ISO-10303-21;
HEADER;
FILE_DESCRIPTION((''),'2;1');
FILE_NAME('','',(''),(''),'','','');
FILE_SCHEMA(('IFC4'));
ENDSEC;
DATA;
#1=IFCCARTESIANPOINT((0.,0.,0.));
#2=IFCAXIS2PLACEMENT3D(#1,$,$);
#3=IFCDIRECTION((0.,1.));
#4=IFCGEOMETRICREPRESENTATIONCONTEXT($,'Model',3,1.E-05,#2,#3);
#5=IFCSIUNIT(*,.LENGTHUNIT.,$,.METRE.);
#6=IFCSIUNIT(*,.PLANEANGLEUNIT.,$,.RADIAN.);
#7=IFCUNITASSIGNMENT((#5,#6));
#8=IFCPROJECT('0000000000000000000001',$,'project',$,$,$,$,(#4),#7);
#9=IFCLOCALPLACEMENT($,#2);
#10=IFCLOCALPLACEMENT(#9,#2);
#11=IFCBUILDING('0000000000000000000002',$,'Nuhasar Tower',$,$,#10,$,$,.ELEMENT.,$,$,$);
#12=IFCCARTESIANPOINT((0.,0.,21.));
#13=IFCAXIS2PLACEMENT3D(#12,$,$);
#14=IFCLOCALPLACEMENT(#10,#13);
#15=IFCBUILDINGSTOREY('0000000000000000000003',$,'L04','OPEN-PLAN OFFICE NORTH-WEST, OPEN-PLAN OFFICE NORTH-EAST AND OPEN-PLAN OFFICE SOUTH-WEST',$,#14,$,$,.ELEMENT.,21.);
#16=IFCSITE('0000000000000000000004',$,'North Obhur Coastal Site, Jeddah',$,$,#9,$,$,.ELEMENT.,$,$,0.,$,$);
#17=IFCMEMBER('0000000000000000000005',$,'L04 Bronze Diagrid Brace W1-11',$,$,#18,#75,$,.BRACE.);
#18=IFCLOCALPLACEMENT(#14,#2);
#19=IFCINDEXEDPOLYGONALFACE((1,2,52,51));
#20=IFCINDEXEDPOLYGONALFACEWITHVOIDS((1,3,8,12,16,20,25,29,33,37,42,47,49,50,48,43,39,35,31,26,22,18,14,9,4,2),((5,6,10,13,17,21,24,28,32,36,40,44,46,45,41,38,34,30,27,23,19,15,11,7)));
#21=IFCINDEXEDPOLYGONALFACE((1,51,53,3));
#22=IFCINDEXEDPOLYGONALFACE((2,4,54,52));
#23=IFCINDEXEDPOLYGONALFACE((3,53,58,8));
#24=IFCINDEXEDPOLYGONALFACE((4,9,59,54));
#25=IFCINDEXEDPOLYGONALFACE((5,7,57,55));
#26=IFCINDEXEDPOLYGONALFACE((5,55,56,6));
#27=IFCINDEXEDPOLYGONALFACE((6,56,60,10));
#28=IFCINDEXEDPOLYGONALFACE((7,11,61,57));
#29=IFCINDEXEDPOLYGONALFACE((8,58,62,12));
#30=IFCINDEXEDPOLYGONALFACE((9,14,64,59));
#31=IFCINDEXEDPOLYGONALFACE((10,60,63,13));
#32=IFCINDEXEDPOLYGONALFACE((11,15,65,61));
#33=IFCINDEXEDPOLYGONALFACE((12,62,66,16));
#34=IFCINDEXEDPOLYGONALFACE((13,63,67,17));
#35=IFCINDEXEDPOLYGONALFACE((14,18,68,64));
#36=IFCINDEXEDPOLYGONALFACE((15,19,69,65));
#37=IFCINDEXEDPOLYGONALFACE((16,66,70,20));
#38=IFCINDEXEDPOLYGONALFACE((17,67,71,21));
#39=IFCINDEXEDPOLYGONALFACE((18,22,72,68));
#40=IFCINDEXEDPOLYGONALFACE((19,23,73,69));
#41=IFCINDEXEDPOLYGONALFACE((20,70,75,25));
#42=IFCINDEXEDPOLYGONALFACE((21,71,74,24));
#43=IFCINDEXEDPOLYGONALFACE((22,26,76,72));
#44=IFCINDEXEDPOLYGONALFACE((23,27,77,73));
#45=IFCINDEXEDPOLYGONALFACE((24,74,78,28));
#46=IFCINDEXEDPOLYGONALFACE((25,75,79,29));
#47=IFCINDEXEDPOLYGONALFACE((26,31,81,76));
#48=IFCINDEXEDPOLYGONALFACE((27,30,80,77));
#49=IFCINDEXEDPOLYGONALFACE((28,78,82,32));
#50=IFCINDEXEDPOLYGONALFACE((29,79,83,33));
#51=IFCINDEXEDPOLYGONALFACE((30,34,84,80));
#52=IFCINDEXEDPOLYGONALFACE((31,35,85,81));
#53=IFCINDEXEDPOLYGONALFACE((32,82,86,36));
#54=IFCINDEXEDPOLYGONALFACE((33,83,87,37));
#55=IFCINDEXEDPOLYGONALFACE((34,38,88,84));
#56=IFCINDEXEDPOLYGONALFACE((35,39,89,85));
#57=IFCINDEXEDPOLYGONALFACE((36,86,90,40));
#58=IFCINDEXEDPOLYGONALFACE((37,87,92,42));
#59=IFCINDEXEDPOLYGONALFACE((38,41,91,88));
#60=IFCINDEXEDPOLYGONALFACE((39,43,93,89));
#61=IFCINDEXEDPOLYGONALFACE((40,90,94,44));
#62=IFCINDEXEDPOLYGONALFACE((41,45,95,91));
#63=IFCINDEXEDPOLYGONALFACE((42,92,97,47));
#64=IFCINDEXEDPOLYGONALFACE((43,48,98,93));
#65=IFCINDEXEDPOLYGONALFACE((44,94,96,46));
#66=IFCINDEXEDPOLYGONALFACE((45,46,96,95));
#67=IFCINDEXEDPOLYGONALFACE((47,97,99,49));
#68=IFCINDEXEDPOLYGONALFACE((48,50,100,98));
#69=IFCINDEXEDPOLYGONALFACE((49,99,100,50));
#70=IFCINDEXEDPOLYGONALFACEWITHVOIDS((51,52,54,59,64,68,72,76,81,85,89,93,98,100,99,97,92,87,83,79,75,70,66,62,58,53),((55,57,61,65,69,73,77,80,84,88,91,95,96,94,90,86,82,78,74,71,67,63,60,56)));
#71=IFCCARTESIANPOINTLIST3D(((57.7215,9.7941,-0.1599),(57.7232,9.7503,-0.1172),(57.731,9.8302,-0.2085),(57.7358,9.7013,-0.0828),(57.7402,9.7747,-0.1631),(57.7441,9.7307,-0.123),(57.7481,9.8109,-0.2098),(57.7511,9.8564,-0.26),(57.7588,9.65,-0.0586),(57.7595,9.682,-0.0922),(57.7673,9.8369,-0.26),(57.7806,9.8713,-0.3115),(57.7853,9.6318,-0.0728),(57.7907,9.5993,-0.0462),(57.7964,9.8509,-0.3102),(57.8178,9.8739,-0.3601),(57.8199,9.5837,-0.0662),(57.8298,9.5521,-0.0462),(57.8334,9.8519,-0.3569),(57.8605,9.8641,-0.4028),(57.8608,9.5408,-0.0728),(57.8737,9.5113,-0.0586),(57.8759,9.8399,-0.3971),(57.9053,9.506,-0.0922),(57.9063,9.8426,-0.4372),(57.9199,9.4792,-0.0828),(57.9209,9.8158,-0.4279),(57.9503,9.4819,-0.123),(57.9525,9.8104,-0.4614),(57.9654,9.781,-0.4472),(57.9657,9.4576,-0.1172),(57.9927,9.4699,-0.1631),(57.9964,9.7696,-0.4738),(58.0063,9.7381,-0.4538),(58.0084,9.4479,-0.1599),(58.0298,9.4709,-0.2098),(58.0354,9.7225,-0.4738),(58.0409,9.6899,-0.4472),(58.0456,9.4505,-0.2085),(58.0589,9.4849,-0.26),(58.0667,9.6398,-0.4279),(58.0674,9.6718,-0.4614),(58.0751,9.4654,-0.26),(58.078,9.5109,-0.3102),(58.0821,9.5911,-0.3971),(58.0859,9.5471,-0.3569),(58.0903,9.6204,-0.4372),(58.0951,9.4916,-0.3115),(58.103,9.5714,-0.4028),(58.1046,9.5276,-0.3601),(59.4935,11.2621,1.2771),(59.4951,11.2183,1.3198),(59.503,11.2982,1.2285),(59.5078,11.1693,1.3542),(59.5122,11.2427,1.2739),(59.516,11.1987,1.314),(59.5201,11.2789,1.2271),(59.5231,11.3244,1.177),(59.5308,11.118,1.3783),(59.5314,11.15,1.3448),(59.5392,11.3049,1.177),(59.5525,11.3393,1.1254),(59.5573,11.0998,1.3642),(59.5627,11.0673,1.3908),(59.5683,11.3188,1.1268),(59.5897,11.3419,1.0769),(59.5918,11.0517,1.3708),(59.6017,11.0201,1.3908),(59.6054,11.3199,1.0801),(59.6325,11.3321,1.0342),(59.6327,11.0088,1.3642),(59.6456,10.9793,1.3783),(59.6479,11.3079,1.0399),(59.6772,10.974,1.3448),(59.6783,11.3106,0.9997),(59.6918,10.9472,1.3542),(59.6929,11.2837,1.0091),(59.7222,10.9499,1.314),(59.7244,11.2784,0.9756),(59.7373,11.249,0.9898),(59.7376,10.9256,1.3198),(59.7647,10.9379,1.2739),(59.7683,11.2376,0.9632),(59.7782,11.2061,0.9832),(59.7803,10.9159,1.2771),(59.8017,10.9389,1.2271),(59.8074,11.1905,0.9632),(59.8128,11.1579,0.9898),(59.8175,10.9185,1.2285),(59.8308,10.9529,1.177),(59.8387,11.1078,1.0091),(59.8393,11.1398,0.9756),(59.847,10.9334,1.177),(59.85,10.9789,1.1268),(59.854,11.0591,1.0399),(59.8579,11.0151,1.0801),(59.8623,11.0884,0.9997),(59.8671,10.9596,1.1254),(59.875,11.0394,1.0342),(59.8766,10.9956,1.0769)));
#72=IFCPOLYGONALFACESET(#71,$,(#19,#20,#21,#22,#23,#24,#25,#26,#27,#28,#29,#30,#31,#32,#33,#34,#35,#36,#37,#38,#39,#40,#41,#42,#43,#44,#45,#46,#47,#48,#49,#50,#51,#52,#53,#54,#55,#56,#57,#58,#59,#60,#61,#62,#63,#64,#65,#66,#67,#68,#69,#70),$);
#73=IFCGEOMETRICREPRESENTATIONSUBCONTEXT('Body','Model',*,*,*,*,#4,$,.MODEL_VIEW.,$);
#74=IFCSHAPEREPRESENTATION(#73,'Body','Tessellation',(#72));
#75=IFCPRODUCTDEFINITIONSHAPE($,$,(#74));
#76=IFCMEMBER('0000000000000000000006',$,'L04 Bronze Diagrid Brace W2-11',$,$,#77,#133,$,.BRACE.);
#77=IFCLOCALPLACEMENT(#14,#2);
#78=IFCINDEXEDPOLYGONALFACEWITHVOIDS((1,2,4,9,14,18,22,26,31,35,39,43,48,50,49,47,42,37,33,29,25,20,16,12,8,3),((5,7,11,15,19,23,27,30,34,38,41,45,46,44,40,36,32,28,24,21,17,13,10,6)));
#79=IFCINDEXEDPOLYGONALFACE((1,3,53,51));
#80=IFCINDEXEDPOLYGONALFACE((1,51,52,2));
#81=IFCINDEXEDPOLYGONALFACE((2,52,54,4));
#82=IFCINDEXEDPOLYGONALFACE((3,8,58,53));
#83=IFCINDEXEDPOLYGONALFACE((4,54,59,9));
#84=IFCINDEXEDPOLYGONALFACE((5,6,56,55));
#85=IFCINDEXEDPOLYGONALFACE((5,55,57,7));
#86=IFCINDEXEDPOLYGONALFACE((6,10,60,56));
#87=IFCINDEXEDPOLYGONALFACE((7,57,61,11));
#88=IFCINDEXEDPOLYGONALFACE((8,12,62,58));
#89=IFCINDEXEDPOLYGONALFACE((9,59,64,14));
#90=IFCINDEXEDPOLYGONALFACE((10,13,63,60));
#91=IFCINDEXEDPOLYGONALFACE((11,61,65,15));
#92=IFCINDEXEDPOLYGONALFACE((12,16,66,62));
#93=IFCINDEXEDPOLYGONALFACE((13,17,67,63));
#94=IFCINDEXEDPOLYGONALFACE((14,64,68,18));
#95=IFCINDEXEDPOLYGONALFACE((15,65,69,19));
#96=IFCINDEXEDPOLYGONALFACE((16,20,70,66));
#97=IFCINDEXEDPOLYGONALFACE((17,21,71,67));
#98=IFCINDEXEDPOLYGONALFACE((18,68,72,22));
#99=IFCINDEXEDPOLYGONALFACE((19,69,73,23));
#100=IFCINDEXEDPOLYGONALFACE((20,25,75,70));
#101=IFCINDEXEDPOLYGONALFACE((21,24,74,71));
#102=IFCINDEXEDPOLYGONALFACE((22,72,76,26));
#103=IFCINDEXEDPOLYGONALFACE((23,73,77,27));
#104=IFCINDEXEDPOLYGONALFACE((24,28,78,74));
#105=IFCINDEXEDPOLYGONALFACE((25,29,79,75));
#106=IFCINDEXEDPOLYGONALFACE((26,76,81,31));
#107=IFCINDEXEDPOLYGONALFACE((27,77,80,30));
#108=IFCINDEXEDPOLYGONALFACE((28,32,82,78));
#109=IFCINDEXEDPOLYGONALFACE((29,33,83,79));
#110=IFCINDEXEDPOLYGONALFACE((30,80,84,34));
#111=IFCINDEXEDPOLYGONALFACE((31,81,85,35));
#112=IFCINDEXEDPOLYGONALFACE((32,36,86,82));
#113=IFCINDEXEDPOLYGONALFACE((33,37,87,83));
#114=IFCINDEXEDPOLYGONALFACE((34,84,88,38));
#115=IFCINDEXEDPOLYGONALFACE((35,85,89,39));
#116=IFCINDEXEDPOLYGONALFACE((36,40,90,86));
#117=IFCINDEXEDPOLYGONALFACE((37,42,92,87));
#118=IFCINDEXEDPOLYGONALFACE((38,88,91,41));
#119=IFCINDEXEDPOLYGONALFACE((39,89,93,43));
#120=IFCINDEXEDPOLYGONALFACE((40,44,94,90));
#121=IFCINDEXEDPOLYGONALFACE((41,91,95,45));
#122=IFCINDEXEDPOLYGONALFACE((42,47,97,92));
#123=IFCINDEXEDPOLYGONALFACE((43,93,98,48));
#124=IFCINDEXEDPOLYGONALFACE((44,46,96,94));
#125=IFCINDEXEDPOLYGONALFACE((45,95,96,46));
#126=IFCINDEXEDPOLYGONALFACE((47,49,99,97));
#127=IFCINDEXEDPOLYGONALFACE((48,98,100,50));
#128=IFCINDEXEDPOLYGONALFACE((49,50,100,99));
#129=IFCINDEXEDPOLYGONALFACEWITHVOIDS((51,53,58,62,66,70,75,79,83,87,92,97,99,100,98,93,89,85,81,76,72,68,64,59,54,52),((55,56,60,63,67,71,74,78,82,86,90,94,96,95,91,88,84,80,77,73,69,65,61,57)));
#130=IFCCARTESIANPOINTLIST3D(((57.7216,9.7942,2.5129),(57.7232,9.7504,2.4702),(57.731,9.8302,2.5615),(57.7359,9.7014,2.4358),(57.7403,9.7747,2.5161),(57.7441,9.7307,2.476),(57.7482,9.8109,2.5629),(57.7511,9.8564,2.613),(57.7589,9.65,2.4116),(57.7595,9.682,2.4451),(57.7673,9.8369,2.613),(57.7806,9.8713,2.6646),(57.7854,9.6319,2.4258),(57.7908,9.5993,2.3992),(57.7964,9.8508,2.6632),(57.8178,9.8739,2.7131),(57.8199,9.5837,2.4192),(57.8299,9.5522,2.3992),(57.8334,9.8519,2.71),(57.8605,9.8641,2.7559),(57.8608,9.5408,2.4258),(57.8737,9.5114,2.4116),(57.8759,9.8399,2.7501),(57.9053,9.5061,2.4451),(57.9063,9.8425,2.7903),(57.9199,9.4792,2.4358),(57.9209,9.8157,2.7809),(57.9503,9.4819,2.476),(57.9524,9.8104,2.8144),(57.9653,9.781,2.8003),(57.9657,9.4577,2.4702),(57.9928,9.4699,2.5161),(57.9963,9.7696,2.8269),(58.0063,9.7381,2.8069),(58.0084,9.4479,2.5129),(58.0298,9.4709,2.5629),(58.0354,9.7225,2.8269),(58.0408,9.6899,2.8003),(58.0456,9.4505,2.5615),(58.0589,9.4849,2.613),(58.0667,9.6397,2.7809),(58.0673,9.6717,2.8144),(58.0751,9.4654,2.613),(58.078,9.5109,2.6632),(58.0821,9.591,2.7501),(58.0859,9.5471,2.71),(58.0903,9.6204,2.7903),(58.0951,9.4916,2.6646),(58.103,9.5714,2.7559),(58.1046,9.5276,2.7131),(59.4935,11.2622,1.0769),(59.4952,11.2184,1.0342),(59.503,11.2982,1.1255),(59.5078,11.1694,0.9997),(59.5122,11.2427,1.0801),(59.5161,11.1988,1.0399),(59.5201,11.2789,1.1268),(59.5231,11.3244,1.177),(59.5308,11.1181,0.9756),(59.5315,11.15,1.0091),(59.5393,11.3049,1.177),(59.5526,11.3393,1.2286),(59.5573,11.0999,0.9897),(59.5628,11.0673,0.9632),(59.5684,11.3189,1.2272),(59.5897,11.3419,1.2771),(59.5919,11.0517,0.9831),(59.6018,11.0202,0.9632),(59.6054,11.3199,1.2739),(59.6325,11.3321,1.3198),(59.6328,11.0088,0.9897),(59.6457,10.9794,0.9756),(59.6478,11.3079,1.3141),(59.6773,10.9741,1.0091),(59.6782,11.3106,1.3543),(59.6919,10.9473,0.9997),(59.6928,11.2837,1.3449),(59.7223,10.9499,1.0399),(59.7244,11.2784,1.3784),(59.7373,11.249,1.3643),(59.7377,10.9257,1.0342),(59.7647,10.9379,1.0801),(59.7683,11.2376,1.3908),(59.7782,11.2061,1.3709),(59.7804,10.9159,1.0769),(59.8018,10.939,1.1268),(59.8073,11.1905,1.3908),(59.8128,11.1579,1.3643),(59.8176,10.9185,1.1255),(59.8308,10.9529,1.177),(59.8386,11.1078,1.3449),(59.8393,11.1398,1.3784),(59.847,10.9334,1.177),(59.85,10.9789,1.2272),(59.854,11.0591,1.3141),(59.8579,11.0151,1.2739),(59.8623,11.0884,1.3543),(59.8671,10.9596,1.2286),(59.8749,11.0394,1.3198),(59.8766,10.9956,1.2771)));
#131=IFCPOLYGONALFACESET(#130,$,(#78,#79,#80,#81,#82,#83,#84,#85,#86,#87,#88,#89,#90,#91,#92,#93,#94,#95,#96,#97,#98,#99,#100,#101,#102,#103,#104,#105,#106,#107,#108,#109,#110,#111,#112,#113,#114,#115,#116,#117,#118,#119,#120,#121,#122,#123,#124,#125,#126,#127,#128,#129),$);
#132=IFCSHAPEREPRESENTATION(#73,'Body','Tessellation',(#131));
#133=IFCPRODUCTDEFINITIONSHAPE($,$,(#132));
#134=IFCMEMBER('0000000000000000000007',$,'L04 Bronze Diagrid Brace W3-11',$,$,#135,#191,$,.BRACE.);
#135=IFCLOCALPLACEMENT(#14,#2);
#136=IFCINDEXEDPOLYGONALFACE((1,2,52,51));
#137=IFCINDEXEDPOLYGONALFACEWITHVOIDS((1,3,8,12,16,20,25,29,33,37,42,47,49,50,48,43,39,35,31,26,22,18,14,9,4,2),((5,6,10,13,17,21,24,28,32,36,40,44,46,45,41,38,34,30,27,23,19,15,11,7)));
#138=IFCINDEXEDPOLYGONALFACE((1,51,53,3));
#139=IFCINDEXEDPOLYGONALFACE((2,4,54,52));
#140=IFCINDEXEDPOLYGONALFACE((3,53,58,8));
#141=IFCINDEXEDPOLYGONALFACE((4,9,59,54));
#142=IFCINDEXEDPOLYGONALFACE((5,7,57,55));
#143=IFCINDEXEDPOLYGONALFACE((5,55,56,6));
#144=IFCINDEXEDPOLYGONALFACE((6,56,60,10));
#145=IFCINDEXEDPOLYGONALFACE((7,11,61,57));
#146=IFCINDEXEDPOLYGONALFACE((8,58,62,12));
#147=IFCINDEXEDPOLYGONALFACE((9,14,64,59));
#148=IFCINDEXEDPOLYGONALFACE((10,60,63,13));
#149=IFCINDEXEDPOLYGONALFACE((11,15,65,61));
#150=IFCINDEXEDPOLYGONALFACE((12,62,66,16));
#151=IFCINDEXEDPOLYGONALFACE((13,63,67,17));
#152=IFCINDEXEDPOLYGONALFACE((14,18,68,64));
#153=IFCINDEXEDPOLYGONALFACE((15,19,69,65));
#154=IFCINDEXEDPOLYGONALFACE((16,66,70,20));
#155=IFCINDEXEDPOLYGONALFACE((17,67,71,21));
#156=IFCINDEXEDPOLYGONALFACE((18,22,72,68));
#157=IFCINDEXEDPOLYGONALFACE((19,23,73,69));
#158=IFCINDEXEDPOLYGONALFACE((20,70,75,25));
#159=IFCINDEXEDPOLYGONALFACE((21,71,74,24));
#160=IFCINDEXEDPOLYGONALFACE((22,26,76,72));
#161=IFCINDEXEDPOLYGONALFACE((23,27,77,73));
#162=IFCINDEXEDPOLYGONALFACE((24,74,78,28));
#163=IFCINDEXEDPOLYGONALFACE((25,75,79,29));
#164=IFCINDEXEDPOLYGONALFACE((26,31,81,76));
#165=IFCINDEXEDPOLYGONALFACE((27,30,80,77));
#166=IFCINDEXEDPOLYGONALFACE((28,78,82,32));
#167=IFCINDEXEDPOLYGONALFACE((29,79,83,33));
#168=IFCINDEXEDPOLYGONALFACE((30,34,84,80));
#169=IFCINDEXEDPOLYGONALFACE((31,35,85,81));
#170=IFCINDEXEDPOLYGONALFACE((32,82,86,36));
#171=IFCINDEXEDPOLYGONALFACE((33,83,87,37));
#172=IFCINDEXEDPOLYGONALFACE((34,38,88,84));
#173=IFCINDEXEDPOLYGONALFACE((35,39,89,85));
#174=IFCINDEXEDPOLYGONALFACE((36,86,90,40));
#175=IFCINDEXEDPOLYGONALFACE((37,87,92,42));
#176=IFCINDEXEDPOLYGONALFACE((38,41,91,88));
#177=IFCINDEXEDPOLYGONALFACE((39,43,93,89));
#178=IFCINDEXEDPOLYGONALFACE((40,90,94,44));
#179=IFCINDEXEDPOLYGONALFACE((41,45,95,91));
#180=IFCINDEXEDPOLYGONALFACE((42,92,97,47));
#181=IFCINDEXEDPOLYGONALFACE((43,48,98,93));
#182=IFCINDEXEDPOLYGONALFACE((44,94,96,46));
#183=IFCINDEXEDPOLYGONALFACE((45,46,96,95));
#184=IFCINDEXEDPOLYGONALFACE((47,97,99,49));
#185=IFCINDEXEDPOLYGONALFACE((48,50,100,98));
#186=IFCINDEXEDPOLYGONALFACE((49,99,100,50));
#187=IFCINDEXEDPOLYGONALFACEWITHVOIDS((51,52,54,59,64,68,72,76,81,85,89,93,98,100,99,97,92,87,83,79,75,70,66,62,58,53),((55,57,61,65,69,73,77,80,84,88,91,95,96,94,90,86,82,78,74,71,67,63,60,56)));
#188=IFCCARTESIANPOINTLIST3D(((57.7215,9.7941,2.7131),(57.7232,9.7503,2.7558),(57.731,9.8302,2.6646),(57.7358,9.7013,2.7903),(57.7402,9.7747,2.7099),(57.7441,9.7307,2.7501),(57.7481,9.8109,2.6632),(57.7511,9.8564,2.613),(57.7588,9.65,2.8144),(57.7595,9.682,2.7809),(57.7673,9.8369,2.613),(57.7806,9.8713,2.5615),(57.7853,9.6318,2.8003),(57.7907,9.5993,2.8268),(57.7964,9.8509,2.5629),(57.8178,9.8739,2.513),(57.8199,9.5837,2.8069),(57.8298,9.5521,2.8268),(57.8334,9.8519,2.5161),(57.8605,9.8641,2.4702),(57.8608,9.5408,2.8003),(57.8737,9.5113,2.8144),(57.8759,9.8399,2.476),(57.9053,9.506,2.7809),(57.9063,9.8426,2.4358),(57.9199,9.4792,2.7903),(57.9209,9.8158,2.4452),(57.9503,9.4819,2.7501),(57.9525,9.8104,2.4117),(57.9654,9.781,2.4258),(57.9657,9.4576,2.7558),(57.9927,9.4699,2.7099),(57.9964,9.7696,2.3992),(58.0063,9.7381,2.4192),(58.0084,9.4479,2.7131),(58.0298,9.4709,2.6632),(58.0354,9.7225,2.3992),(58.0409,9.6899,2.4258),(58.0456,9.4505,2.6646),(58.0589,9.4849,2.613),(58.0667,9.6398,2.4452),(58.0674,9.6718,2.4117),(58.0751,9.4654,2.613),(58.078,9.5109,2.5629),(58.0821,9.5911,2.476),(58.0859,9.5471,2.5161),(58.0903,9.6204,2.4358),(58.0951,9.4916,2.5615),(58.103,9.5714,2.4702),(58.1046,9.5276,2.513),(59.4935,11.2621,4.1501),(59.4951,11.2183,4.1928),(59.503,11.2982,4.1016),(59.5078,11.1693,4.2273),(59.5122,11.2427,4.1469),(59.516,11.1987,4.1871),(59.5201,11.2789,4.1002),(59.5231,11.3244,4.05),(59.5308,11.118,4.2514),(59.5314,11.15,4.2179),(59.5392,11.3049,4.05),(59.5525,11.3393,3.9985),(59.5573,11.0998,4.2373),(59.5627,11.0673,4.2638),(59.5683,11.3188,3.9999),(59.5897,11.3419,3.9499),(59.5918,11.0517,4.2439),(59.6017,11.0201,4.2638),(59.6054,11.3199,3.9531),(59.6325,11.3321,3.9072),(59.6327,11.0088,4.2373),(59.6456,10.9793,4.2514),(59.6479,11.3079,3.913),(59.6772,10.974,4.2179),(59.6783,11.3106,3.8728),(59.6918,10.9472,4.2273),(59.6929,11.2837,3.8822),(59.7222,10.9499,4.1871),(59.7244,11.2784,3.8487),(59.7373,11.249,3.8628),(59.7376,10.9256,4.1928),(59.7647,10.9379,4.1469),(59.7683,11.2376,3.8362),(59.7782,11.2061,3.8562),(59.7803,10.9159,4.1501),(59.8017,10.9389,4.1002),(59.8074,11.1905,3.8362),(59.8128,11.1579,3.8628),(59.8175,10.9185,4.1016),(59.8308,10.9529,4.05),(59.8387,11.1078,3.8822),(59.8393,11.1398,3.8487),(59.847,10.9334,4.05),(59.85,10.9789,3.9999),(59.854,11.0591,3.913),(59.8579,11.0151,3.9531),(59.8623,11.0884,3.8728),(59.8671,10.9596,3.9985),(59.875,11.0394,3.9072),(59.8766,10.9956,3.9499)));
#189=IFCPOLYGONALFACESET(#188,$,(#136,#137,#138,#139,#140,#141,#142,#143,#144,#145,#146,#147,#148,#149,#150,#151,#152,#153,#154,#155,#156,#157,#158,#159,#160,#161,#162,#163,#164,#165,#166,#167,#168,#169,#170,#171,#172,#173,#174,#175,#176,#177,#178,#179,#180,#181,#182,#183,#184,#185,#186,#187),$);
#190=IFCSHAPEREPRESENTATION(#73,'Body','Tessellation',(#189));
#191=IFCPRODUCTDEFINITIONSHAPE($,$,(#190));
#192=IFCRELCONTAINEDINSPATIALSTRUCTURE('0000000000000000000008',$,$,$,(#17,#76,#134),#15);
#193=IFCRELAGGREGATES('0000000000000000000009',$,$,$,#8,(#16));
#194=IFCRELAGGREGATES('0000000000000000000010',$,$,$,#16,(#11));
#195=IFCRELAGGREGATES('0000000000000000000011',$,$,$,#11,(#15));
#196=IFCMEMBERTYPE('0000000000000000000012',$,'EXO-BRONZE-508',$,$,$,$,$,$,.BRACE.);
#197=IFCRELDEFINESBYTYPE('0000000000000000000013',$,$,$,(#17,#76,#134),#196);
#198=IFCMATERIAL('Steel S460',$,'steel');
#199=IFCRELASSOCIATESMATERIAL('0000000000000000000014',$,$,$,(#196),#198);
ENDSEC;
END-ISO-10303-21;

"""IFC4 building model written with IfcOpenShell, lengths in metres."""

from ifc_helpers import new_model, si_unit, direction, frame, origin, origin_2d, place, context, subcontext, project, spatial, hollow_circle, extrude, material, material_profile, profile_set, type_object, element, save


model = new_model("IFC4")

# Units and contexts
model_context = context("Model", 3, precision=1e-05, world=origin(), true_north=direction((0.0, 1.0)))
body_context = subcontext(model_context, "Body", "Model", "MODEL_VIEW")
ifc_project = project(units=[si_unit("LENGTHUNIT", "METRE"), si_unit("PLANEANGLEUNIT", "RADIAN")], contexts=[model_context])

# Site, building, storey
site_placement = place(None, origin())
site = spatial("IfcSite", under=ifc_project, at=site_placement, Name="North Obhur Coastal Site, Jeddah", CompositionType="ELEMENT", RefElevation=0.0)
building_placement = place(site_placement, origin())
building = spatial("IfcBuilding", under=site, at=building_placement, Name="Nuhasar Tower", CompositionType="ELEMENT")
storey_placement = place(building_placement, frame((0.0, 0.0, 21.0)))
storey = spatial("IfcBuildingStorey", under=building, at=storey_placement, Name="L04", Description="OPEN-PLAN OFFICE NORTH-WEST, OPEN-PLAN OFFICE NORTH-EAST AND OPEN-PLAN OFFICE SOUTH-WEST", CompositionType="ELEMENT", Elevation=21.0)

# Shared definitions
ifc_material_1 = material(Name="Steel S460", Category="steel")

# Members
ifc_material_profile_1 = material_profile(ifc_material_1, hollow_circle(Radius=0.2539, WallThickness=0.0254, at=origin_2d()), Name="HSS508X25.4")
ifc_profile_set_1 = profile_set([ifc_material_profile_1], Name="Steel S460")
member_type_1 = type_object("IfcMemberType", Name="EXO-BRONZE-508", PredefinedType="BRACE", material=ifc_profile_set_1)
member_1_placement = place(storey_placement, frame((57.9131, 9.6609, -0.26), z_axis=(0.653159, 0.54112, 0.529691), x_axis=(-0.637969, 0.770062, 0.0)))
element("IfcMember", 1, at=member_1_placement, inside=storey, type_object=member_type_1, Name="L04 Bronze Diagrid Brace W1-11", PredefinedType="BRACE", context=body_context, shape_type="SweptSolid", body=[
    extrude(hollow_circle(Radius=0.2539, WallThickness=0.0254, at=origin_2d()), origin(), (0.0, 0.0, 1.0), 2.7129),
])
member_2_placement = place(storey_placement, frame((59.6851, 11.1289, 1.177), z_axis=(-0.653284, -0.541223, 0.529432), x_axis=(0.637969, -0.770062, 0.0)))
element("IfcMember", 2, at=member_2_placement, inside=storey, type_object=member_type_1, Name="L04 Bronze Diagrid Brace W2-11", PredefinedType="BRACE", context=body_context, shape_type="SweptSolid", body=[
    extrude(hollow_circle(Radius=0.2539, WallThickness=0.0254, at=origin_2d()), origin(), (0.0, 0.0, 1.0), 2.7124),
])
member_3_placement = place(storey_placement, frame((57.9131, 9.6609, 2.613), z_axis=(0.653159, 0.54112, 0.529691), x_axis=(-0.637969, 0.770062, 0.0)))
element("IfcMember", 3, at=member_3_placement, inside=storey, type_object=member_type_1, Name="L04 Bronze Diagrid Brace W3-11", PredefinedType="BRACE", context=body_context, shape_type="SweptSolid", body=[
    extrude(hollow_circle(Radius=0.2539, WallThickness=0.0254, at=origin_2d()), origin(), (0.0, 0.0, 1.0), 2.7129),
])

save(model, "model.ifc")
